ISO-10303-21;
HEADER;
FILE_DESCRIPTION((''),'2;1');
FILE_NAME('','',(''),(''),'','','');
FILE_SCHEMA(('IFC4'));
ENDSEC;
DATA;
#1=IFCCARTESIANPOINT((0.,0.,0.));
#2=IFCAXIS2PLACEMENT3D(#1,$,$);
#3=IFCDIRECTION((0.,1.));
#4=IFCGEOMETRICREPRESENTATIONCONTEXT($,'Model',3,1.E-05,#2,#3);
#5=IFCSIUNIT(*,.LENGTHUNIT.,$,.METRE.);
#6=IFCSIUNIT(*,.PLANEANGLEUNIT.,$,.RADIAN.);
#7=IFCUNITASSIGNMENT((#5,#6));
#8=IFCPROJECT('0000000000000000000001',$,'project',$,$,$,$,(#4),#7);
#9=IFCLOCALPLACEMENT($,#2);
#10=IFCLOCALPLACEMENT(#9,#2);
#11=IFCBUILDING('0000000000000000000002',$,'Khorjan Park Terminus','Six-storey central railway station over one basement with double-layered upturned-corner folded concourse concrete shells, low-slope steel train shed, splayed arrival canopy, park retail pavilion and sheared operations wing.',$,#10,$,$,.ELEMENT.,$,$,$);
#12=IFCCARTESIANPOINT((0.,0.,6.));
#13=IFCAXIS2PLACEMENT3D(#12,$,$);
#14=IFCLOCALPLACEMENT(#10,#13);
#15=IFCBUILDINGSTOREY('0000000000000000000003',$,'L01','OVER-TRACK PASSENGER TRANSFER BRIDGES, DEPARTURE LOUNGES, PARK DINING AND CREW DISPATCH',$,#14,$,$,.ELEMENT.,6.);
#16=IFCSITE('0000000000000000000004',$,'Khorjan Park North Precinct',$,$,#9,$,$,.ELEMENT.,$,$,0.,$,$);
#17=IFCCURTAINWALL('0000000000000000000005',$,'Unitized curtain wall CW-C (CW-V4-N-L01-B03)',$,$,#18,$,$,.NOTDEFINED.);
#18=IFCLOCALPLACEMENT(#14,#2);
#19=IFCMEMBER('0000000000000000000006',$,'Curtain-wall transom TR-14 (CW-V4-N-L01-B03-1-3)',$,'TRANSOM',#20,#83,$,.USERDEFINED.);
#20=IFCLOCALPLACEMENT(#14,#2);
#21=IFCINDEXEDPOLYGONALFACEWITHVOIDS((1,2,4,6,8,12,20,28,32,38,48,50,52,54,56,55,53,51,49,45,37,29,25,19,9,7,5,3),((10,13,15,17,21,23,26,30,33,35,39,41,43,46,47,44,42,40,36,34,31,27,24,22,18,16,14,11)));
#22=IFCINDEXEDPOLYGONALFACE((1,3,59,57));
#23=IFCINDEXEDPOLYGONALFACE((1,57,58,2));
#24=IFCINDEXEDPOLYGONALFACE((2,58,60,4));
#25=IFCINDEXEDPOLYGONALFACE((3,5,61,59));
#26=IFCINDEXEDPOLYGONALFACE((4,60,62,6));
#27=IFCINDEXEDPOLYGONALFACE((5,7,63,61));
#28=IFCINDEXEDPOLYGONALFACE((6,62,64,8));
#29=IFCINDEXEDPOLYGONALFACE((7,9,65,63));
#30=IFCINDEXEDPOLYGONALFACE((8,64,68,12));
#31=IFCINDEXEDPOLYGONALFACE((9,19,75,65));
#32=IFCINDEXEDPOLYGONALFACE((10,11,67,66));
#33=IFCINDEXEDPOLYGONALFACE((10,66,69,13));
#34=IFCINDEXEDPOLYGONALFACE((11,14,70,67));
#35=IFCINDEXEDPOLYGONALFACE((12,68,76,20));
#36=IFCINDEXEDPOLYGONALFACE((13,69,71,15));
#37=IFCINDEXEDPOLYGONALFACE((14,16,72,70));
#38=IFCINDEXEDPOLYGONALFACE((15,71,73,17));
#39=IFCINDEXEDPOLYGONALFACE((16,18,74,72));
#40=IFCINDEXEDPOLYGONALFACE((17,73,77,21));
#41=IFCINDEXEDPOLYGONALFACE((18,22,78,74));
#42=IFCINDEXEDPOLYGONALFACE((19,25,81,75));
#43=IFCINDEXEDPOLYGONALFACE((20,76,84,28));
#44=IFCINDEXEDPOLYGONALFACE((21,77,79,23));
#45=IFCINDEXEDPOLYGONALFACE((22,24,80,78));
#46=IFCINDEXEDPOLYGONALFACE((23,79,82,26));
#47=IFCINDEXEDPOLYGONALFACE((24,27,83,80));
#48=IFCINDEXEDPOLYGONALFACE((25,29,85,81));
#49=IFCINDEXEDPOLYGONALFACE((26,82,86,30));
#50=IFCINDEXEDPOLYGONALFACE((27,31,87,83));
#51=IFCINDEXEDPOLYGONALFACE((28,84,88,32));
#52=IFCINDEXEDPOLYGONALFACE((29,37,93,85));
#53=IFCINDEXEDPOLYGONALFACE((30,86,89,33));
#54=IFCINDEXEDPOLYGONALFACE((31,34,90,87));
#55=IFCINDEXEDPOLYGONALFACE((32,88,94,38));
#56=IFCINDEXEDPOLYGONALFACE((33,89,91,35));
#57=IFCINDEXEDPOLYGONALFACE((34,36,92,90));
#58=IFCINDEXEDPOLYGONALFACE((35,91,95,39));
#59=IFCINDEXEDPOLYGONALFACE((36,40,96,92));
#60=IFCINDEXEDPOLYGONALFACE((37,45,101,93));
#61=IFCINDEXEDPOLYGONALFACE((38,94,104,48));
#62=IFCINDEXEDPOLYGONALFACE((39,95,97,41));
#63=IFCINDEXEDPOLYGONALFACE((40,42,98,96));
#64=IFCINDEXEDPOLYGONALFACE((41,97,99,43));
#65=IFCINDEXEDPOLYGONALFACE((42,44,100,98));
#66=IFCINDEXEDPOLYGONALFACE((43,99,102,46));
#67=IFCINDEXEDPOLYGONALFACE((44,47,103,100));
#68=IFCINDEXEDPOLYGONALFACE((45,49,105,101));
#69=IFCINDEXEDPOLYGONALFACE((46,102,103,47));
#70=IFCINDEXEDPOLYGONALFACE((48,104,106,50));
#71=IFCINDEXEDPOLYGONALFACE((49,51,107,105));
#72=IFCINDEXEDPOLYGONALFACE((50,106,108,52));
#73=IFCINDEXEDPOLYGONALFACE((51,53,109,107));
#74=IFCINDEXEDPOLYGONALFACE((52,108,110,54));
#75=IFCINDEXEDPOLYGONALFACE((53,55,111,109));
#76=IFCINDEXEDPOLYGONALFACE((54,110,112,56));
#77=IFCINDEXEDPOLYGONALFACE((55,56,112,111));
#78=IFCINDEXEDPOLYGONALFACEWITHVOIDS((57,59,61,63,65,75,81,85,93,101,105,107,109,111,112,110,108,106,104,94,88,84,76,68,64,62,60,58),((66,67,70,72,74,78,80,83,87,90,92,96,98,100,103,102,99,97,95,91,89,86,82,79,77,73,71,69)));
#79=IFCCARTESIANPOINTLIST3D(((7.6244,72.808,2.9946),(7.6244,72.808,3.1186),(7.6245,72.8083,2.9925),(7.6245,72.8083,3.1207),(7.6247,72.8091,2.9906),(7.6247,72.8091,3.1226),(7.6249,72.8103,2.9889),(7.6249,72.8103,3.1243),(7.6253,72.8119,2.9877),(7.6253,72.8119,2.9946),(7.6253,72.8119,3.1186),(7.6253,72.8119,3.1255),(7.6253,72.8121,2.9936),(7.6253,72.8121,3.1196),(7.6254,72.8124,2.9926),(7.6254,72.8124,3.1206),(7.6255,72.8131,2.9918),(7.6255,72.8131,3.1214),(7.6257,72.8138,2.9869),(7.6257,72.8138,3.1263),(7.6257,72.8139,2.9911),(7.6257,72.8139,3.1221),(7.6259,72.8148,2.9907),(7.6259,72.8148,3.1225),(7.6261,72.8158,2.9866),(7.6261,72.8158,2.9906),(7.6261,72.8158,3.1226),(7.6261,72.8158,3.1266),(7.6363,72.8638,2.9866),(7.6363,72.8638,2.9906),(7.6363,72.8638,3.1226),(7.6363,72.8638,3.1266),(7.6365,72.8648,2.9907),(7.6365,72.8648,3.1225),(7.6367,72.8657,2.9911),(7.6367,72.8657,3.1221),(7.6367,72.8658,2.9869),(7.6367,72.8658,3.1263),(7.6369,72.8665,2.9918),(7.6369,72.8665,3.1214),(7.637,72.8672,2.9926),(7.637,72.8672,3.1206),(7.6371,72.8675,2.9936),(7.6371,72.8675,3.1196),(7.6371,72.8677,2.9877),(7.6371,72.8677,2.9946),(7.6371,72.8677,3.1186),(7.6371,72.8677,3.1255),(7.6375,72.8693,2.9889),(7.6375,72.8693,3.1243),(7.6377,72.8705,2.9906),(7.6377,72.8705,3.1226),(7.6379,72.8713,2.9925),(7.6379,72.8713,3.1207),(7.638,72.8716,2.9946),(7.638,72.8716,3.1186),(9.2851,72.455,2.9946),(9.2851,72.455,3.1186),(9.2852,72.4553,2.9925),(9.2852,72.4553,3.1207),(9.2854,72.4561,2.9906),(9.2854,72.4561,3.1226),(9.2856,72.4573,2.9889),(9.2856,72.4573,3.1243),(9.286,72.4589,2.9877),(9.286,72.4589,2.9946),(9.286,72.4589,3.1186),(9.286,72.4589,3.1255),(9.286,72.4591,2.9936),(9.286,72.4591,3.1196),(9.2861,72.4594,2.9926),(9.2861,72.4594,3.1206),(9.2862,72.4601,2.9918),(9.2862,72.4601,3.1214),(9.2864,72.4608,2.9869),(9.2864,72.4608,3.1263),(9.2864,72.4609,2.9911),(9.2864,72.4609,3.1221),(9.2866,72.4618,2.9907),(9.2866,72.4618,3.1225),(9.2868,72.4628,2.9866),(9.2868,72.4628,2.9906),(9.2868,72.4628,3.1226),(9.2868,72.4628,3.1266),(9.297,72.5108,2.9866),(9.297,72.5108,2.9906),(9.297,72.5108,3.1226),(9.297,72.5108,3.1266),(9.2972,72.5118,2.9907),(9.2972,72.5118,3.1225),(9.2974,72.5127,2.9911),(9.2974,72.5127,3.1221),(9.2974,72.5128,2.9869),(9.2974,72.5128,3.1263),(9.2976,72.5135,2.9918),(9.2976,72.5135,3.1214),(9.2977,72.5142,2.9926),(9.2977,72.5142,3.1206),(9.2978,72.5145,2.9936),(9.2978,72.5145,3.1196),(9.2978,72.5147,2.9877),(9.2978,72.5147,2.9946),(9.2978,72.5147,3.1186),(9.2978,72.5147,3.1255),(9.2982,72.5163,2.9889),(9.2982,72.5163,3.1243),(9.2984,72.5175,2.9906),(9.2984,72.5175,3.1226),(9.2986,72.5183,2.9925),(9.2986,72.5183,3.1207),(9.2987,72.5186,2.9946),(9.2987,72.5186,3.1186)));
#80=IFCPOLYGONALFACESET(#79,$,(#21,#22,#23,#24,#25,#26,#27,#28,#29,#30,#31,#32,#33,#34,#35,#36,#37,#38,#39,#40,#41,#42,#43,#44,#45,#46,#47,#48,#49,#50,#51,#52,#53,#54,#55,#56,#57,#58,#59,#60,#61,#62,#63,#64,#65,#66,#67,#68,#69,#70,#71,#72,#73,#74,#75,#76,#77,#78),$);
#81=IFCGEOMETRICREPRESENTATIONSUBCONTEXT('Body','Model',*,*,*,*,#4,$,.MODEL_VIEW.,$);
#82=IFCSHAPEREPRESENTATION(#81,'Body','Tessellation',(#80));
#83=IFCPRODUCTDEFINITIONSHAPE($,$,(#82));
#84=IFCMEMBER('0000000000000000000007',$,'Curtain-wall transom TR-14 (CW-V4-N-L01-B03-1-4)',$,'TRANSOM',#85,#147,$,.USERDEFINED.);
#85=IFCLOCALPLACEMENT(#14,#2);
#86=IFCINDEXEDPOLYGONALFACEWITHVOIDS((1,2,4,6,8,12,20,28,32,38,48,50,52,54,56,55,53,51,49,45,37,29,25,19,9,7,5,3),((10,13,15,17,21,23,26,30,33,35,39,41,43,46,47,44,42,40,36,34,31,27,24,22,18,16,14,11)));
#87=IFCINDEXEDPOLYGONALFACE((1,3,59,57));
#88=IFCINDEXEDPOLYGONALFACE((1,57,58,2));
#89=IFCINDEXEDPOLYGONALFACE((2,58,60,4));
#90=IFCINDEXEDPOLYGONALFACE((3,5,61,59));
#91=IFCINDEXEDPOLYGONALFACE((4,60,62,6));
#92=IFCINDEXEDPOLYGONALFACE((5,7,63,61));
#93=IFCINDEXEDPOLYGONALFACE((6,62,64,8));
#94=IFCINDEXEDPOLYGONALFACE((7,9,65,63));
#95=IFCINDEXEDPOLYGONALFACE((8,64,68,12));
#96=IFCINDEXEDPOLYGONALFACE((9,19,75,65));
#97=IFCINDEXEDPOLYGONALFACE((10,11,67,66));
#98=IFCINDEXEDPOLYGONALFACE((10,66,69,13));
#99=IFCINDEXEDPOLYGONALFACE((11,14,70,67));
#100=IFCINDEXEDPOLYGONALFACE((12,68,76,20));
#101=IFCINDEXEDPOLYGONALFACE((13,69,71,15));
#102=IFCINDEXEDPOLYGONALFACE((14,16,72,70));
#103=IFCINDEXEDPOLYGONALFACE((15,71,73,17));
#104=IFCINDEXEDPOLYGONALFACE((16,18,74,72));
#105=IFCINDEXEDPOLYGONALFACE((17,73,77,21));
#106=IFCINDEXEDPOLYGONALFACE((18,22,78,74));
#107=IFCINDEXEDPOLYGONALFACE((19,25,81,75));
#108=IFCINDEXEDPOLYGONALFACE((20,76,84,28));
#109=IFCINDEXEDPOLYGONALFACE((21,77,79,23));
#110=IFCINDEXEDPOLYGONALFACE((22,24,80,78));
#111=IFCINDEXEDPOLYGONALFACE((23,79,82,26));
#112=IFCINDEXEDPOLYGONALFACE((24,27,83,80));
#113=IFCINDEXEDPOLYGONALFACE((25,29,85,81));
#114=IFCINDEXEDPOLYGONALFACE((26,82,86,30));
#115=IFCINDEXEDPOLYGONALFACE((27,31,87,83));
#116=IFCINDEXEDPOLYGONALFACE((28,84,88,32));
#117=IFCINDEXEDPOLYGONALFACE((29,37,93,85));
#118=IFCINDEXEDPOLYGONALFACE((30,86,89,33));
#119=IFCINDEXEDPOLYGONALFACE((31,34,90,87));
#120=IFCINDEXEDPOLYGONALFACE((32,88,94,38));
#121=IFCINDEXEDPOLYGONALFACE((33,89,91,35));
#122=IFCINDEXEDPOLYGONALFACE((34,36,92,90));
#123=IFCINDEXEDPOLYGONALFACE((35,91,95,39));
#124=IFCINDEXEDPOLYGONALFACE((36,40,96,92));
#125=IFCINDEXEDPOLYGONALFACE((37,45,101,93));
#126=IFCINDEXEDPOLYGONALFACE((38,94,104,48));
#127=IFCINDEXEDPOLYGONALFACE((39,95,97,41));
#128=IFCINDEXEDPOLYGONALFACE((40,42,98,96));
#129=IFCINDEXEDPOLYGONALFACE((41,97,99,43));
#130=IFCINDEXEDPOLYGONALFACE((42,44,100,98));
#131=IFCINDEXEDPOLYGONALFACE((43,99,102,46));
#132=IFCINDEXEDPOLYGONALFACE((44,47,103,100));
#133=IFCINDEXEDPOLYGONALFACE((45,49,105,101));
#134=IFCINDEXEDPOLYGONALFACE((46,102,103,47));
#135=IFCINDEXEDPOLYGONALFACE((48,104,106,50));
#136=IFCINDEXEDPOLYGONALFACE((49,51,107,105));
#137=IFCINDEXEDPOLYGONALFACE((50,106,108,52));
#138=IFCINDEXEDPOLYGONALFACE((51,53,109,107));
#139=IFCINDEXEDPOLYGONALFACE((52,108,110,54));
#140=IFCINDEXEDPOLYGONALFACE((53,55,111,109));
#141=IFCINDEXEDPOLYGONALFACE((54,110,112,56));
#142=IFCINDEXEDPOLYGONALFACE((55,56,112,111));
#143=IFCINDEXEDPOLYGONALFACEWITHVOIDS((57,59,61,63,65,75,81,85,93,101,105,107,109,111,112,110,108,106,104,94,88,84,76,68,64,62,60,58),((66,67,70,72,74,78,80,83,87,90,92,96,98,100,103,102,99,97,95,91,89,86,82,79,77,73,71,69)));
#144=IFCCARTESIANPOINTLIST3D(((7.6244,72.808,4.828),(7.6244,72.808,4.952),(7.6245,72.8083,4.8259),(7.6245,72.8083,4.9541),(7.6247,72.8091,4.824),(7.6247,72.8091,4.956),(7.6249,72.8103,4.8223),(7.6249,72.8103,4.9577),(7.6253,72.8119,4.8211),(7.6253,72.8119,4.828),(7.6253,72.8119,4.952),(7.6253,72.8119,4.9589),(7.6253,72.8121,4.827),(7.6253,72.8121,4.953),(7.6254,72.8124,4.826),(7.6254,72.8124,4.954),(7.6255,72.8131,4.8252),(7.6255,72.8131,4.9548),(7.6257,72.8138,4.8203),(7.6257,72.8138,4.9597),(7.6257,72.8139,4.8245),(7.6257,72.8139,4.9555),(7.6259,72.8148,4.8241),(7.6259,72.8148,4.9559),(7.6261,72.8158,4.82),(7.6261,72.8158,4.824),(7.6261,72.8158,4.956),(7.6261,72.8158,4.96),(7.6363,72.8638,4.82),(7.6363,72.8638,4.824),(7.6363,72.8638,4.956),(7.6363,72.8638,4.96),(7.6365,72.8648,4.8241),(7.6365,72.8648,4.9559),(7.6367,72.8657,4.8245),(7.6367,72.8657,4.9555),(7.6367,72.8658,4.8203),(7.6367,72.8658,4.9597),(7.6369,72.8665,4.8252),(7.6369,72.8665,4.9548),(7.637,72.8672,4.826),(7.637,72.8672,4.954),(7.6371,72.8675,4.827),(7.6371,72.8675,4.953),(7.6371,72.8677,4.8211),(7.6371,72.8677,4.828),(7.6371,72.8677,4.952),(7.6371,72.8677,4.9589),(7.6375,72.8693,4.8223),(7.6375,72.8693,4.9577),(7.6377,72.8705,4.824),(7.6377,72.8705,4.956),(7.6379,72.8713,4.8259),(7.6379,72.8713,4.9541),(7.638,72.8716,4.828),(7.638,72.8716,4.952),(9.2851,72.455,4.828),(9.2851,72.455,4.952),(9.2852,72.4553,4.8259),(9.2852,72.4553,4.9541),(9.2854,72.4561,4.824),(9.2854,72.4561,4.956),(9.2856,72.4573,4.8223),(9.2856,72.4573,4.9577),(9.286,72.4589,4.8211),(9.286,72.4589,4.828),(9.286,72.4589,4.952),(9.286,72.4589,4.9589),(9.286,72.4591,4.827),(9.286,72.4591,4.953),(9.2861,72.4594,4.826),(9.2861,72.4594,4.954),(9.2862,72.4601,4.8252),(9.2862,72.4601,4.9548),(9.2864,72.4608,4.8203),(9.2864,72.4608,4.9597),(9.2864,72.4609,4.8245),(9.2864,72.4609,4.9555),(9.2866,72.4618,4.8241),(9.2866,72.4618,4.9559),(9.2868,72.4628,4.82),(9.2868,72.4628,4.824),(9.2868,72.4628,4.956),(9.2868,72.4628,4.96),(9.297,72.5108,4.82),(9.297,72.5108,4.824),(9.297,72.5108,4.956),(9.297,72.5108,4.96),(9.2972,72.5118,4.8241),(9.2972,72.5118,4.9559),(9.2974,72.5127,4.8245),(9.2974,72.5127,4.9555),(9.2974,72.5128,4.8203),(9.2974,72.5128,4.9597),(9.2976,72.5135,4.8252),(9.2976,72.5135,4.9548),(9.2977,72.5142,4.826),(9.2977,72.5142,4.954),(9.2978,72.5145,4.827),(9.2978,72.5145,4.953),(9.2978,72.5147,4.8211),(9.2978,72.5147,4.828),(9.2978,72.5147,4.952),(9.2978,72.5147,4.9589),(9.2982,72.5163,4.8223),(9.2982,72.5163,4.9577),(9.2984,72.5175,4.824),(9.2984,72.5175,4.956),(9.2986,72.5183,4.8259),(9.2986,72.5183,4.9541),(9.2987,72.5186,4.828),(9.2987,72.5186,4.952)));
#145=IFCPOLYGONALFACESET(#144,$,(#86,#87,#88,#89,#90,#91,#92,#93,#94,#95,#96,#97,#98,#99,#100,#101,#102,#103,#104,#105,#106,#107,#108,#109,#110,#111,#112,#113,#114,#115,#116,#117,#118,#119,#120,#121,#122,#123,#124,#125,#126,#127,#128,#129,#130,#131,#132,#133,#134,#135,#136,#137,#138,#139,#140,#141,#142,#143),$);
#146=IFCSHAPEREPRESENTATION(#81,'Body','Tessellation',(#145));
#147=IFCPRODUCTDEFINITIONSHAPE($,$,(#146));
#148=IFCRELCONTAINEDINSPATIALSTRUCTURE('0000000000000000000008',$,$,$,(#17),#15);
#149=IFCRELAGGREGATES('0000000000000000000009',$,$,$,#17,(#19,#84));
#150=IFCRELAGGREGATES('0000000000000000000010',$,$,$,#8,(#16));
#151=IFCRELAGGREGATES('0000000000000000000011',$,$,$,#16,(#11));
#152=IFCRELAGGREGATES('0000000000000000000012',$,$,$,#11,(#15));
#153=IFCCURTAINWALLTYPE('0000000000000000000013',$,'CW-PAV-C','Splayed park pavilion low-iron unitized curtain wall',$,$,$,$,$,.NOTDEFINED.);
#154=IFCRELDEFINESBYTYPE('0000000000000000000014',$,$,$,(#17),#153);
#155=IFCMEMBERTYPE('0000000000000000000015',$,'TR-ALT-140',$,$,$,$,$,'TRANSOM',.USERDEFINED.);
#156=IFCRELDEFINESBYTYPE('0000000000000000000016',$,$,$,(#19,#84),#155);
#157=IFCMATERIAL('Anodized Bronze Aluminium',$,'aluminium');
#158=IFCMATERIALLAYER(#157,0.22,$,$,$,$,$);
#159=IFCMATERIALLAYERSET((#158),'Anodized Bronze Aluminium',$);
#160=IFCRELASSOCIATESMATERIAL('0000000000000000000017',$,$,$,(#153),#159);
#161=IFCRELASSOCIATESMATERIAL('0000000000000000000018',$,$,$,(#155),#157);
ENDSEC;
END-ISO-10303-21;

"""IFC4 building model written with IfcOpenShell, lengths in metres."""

from ifc_helpers import new_model, si_unit, direction, frame, origin, origin_2d, place, context, subcontext, project, spatial, hollow_rectangle, extrude, material, layer, layer_set, material_profile, profile_set, type_object, element, aggregate, save


model = new_model("IFC4")

# Units and contexts
model_context = context("Model", 3, precision=1e-05, world=origin(), true_north=direction((0.0, 1.0)))
body_context = subcontext(model_context, "Body", "Model", "MODEL_VIEW")
ifc_project = project(units=[si_unit("LENGTHUNIT", "METRE"), si_unit("PLANEANGLEUNIT", "RADIAN")], contexts=[model_context])

# Site, building, storey
site_placement = place(None, origin())
site = spatial("IfcSite", under=ifc_project, at=site_placement, Name="Khorjan Park North Precinct", CompositionType="ELEMENT", RefElevation=0.0)
building_placement = place(site_placement, origin())
building = spatial("IfcBuilding", under=site, at=building_placement, Name="Khorjan Park Terminus", Description="Six-storey central railway station over one basement with double-layered upturned-corner folded concourse concrete shells, low-slope steel train shed, splayed arrival canopy, park retail pavilion and sheared operations wing.", CompositionType="ELEMENT")
storey_placement = place(building_placement, frame((0.0, 0.0, 6.0)))
storey = spatial("IfcBuildingStorey", under=building, at=storey_placement, Name="L01", Description="OVER-TRACK PASSENGER TRANSFER BRIDGES, DEPARTURE LOUNGES, PARK DINING AND CREW DISPATCH", CompositionType="ELEMENT", Elevation=6.0)

# Curtain wall
ifc_material_1 = material(Name="Anodized Bronze Aluminium", Category="aluminium")
ifc_layer_1 = layer(ifc_material_1, 0.22)
ifc_layer_set_1 = layer_set([ifc_layer_1], Name="Anodized Bronze Aluminium")
curtain_wall_type = type_object("IfcCurtainWallType", Name="CW-PAV-C", Description="Splayed park pavilion low-iron unitized curtain wall", PredefinedType="NOTDEFINED", material=ifc_layer_set_1)
curtain_wall_1_placement = place(storey_placement, origin())
curtain_wall_1 = element("IfcCurtainWall", 1, at=curtain_wall_1_placement, inside=storey, type_object=curtain_wall_type, Name="Unitized curtain wall CW-C (CW-V4-N-L01-B03)", PredefinedType="NOTDEFINED")

# Members
ifc_material_profile_1 = material_profile(ifc_material_1, hollow_rectangle(XDim=0.065, YDim=0.14, WallThickness=0.004, InnerFilletRadius=0.004, OuterFilletRadius=0.008, at=origin_2d()), Name="ALT 65x140x4")
ifc_profile_set_1 = profile_set([ifc_material_profile_1], Name="Anodized Bronze Aluminium")
member_type_1 = type_object("IfcMemberType", Name="TR-ALT-140", ElementType="TRANSOM", PredefinedType="USERDEFINED", material=ifc_profile_set_1)
member_1_placement = place(storey_placement, frame((9.2919, 72.4868, 3.0566), z_axis=(-0.978147, 0.207916, 0.0), x_axis=(-0.207916, -0.978147, 0.0)))
member_1 = element("IfcMember", 2, at=member_1_placement, type_object=member_type_1, Name="Curtain-wall transom TR-14 (CW-V4-N-L01-B03-1-3)", ObjectType="TRANSOM", PredefinedType="USERDEFINED", context=body_context, shape_type="SweptSolid", body=[
    extrude(hollow_rectangle(XDim=0.065, YDim=0.14, WallThickness=0.004, InnerFilletRadius=0.004, OuterFilletRadius=0.008, at=origin_2d()), origin(), (0.0, 0.0, 1.0), 1.6978),
])
member_2_placement = place(storey_placement, frame((9.2919, 72.4868, 4.89), z_axis=(-0.978147, 0.207916, 0.0), x_axis=(-0.207916, -0.978147, 0.0)))
member_2 = element("IfcMember", 3, at=member_2_placement, type_object=member_type_1, Name="Curtain-wall transom TR-14 (CW-V4-N-L01-B03-1-4)", ObjectType="TRANSOM", PredefinedType="USERDEFINED", context=body_context, shape_type="SweptSolid", body=[
    extrude(hollow_rectangle(XDim=0.065, YDim=0.14, WallThickness=0.004, InnerFilletRadius=0.004, OuterFilletRadius=0.008, at=origin_2d()), origin(), (0.0, 0.0, 1.0), 1.6978),
])

aggregate(curtain_wall_1, [member_1, member_2])

save(model, "model.ifc")
